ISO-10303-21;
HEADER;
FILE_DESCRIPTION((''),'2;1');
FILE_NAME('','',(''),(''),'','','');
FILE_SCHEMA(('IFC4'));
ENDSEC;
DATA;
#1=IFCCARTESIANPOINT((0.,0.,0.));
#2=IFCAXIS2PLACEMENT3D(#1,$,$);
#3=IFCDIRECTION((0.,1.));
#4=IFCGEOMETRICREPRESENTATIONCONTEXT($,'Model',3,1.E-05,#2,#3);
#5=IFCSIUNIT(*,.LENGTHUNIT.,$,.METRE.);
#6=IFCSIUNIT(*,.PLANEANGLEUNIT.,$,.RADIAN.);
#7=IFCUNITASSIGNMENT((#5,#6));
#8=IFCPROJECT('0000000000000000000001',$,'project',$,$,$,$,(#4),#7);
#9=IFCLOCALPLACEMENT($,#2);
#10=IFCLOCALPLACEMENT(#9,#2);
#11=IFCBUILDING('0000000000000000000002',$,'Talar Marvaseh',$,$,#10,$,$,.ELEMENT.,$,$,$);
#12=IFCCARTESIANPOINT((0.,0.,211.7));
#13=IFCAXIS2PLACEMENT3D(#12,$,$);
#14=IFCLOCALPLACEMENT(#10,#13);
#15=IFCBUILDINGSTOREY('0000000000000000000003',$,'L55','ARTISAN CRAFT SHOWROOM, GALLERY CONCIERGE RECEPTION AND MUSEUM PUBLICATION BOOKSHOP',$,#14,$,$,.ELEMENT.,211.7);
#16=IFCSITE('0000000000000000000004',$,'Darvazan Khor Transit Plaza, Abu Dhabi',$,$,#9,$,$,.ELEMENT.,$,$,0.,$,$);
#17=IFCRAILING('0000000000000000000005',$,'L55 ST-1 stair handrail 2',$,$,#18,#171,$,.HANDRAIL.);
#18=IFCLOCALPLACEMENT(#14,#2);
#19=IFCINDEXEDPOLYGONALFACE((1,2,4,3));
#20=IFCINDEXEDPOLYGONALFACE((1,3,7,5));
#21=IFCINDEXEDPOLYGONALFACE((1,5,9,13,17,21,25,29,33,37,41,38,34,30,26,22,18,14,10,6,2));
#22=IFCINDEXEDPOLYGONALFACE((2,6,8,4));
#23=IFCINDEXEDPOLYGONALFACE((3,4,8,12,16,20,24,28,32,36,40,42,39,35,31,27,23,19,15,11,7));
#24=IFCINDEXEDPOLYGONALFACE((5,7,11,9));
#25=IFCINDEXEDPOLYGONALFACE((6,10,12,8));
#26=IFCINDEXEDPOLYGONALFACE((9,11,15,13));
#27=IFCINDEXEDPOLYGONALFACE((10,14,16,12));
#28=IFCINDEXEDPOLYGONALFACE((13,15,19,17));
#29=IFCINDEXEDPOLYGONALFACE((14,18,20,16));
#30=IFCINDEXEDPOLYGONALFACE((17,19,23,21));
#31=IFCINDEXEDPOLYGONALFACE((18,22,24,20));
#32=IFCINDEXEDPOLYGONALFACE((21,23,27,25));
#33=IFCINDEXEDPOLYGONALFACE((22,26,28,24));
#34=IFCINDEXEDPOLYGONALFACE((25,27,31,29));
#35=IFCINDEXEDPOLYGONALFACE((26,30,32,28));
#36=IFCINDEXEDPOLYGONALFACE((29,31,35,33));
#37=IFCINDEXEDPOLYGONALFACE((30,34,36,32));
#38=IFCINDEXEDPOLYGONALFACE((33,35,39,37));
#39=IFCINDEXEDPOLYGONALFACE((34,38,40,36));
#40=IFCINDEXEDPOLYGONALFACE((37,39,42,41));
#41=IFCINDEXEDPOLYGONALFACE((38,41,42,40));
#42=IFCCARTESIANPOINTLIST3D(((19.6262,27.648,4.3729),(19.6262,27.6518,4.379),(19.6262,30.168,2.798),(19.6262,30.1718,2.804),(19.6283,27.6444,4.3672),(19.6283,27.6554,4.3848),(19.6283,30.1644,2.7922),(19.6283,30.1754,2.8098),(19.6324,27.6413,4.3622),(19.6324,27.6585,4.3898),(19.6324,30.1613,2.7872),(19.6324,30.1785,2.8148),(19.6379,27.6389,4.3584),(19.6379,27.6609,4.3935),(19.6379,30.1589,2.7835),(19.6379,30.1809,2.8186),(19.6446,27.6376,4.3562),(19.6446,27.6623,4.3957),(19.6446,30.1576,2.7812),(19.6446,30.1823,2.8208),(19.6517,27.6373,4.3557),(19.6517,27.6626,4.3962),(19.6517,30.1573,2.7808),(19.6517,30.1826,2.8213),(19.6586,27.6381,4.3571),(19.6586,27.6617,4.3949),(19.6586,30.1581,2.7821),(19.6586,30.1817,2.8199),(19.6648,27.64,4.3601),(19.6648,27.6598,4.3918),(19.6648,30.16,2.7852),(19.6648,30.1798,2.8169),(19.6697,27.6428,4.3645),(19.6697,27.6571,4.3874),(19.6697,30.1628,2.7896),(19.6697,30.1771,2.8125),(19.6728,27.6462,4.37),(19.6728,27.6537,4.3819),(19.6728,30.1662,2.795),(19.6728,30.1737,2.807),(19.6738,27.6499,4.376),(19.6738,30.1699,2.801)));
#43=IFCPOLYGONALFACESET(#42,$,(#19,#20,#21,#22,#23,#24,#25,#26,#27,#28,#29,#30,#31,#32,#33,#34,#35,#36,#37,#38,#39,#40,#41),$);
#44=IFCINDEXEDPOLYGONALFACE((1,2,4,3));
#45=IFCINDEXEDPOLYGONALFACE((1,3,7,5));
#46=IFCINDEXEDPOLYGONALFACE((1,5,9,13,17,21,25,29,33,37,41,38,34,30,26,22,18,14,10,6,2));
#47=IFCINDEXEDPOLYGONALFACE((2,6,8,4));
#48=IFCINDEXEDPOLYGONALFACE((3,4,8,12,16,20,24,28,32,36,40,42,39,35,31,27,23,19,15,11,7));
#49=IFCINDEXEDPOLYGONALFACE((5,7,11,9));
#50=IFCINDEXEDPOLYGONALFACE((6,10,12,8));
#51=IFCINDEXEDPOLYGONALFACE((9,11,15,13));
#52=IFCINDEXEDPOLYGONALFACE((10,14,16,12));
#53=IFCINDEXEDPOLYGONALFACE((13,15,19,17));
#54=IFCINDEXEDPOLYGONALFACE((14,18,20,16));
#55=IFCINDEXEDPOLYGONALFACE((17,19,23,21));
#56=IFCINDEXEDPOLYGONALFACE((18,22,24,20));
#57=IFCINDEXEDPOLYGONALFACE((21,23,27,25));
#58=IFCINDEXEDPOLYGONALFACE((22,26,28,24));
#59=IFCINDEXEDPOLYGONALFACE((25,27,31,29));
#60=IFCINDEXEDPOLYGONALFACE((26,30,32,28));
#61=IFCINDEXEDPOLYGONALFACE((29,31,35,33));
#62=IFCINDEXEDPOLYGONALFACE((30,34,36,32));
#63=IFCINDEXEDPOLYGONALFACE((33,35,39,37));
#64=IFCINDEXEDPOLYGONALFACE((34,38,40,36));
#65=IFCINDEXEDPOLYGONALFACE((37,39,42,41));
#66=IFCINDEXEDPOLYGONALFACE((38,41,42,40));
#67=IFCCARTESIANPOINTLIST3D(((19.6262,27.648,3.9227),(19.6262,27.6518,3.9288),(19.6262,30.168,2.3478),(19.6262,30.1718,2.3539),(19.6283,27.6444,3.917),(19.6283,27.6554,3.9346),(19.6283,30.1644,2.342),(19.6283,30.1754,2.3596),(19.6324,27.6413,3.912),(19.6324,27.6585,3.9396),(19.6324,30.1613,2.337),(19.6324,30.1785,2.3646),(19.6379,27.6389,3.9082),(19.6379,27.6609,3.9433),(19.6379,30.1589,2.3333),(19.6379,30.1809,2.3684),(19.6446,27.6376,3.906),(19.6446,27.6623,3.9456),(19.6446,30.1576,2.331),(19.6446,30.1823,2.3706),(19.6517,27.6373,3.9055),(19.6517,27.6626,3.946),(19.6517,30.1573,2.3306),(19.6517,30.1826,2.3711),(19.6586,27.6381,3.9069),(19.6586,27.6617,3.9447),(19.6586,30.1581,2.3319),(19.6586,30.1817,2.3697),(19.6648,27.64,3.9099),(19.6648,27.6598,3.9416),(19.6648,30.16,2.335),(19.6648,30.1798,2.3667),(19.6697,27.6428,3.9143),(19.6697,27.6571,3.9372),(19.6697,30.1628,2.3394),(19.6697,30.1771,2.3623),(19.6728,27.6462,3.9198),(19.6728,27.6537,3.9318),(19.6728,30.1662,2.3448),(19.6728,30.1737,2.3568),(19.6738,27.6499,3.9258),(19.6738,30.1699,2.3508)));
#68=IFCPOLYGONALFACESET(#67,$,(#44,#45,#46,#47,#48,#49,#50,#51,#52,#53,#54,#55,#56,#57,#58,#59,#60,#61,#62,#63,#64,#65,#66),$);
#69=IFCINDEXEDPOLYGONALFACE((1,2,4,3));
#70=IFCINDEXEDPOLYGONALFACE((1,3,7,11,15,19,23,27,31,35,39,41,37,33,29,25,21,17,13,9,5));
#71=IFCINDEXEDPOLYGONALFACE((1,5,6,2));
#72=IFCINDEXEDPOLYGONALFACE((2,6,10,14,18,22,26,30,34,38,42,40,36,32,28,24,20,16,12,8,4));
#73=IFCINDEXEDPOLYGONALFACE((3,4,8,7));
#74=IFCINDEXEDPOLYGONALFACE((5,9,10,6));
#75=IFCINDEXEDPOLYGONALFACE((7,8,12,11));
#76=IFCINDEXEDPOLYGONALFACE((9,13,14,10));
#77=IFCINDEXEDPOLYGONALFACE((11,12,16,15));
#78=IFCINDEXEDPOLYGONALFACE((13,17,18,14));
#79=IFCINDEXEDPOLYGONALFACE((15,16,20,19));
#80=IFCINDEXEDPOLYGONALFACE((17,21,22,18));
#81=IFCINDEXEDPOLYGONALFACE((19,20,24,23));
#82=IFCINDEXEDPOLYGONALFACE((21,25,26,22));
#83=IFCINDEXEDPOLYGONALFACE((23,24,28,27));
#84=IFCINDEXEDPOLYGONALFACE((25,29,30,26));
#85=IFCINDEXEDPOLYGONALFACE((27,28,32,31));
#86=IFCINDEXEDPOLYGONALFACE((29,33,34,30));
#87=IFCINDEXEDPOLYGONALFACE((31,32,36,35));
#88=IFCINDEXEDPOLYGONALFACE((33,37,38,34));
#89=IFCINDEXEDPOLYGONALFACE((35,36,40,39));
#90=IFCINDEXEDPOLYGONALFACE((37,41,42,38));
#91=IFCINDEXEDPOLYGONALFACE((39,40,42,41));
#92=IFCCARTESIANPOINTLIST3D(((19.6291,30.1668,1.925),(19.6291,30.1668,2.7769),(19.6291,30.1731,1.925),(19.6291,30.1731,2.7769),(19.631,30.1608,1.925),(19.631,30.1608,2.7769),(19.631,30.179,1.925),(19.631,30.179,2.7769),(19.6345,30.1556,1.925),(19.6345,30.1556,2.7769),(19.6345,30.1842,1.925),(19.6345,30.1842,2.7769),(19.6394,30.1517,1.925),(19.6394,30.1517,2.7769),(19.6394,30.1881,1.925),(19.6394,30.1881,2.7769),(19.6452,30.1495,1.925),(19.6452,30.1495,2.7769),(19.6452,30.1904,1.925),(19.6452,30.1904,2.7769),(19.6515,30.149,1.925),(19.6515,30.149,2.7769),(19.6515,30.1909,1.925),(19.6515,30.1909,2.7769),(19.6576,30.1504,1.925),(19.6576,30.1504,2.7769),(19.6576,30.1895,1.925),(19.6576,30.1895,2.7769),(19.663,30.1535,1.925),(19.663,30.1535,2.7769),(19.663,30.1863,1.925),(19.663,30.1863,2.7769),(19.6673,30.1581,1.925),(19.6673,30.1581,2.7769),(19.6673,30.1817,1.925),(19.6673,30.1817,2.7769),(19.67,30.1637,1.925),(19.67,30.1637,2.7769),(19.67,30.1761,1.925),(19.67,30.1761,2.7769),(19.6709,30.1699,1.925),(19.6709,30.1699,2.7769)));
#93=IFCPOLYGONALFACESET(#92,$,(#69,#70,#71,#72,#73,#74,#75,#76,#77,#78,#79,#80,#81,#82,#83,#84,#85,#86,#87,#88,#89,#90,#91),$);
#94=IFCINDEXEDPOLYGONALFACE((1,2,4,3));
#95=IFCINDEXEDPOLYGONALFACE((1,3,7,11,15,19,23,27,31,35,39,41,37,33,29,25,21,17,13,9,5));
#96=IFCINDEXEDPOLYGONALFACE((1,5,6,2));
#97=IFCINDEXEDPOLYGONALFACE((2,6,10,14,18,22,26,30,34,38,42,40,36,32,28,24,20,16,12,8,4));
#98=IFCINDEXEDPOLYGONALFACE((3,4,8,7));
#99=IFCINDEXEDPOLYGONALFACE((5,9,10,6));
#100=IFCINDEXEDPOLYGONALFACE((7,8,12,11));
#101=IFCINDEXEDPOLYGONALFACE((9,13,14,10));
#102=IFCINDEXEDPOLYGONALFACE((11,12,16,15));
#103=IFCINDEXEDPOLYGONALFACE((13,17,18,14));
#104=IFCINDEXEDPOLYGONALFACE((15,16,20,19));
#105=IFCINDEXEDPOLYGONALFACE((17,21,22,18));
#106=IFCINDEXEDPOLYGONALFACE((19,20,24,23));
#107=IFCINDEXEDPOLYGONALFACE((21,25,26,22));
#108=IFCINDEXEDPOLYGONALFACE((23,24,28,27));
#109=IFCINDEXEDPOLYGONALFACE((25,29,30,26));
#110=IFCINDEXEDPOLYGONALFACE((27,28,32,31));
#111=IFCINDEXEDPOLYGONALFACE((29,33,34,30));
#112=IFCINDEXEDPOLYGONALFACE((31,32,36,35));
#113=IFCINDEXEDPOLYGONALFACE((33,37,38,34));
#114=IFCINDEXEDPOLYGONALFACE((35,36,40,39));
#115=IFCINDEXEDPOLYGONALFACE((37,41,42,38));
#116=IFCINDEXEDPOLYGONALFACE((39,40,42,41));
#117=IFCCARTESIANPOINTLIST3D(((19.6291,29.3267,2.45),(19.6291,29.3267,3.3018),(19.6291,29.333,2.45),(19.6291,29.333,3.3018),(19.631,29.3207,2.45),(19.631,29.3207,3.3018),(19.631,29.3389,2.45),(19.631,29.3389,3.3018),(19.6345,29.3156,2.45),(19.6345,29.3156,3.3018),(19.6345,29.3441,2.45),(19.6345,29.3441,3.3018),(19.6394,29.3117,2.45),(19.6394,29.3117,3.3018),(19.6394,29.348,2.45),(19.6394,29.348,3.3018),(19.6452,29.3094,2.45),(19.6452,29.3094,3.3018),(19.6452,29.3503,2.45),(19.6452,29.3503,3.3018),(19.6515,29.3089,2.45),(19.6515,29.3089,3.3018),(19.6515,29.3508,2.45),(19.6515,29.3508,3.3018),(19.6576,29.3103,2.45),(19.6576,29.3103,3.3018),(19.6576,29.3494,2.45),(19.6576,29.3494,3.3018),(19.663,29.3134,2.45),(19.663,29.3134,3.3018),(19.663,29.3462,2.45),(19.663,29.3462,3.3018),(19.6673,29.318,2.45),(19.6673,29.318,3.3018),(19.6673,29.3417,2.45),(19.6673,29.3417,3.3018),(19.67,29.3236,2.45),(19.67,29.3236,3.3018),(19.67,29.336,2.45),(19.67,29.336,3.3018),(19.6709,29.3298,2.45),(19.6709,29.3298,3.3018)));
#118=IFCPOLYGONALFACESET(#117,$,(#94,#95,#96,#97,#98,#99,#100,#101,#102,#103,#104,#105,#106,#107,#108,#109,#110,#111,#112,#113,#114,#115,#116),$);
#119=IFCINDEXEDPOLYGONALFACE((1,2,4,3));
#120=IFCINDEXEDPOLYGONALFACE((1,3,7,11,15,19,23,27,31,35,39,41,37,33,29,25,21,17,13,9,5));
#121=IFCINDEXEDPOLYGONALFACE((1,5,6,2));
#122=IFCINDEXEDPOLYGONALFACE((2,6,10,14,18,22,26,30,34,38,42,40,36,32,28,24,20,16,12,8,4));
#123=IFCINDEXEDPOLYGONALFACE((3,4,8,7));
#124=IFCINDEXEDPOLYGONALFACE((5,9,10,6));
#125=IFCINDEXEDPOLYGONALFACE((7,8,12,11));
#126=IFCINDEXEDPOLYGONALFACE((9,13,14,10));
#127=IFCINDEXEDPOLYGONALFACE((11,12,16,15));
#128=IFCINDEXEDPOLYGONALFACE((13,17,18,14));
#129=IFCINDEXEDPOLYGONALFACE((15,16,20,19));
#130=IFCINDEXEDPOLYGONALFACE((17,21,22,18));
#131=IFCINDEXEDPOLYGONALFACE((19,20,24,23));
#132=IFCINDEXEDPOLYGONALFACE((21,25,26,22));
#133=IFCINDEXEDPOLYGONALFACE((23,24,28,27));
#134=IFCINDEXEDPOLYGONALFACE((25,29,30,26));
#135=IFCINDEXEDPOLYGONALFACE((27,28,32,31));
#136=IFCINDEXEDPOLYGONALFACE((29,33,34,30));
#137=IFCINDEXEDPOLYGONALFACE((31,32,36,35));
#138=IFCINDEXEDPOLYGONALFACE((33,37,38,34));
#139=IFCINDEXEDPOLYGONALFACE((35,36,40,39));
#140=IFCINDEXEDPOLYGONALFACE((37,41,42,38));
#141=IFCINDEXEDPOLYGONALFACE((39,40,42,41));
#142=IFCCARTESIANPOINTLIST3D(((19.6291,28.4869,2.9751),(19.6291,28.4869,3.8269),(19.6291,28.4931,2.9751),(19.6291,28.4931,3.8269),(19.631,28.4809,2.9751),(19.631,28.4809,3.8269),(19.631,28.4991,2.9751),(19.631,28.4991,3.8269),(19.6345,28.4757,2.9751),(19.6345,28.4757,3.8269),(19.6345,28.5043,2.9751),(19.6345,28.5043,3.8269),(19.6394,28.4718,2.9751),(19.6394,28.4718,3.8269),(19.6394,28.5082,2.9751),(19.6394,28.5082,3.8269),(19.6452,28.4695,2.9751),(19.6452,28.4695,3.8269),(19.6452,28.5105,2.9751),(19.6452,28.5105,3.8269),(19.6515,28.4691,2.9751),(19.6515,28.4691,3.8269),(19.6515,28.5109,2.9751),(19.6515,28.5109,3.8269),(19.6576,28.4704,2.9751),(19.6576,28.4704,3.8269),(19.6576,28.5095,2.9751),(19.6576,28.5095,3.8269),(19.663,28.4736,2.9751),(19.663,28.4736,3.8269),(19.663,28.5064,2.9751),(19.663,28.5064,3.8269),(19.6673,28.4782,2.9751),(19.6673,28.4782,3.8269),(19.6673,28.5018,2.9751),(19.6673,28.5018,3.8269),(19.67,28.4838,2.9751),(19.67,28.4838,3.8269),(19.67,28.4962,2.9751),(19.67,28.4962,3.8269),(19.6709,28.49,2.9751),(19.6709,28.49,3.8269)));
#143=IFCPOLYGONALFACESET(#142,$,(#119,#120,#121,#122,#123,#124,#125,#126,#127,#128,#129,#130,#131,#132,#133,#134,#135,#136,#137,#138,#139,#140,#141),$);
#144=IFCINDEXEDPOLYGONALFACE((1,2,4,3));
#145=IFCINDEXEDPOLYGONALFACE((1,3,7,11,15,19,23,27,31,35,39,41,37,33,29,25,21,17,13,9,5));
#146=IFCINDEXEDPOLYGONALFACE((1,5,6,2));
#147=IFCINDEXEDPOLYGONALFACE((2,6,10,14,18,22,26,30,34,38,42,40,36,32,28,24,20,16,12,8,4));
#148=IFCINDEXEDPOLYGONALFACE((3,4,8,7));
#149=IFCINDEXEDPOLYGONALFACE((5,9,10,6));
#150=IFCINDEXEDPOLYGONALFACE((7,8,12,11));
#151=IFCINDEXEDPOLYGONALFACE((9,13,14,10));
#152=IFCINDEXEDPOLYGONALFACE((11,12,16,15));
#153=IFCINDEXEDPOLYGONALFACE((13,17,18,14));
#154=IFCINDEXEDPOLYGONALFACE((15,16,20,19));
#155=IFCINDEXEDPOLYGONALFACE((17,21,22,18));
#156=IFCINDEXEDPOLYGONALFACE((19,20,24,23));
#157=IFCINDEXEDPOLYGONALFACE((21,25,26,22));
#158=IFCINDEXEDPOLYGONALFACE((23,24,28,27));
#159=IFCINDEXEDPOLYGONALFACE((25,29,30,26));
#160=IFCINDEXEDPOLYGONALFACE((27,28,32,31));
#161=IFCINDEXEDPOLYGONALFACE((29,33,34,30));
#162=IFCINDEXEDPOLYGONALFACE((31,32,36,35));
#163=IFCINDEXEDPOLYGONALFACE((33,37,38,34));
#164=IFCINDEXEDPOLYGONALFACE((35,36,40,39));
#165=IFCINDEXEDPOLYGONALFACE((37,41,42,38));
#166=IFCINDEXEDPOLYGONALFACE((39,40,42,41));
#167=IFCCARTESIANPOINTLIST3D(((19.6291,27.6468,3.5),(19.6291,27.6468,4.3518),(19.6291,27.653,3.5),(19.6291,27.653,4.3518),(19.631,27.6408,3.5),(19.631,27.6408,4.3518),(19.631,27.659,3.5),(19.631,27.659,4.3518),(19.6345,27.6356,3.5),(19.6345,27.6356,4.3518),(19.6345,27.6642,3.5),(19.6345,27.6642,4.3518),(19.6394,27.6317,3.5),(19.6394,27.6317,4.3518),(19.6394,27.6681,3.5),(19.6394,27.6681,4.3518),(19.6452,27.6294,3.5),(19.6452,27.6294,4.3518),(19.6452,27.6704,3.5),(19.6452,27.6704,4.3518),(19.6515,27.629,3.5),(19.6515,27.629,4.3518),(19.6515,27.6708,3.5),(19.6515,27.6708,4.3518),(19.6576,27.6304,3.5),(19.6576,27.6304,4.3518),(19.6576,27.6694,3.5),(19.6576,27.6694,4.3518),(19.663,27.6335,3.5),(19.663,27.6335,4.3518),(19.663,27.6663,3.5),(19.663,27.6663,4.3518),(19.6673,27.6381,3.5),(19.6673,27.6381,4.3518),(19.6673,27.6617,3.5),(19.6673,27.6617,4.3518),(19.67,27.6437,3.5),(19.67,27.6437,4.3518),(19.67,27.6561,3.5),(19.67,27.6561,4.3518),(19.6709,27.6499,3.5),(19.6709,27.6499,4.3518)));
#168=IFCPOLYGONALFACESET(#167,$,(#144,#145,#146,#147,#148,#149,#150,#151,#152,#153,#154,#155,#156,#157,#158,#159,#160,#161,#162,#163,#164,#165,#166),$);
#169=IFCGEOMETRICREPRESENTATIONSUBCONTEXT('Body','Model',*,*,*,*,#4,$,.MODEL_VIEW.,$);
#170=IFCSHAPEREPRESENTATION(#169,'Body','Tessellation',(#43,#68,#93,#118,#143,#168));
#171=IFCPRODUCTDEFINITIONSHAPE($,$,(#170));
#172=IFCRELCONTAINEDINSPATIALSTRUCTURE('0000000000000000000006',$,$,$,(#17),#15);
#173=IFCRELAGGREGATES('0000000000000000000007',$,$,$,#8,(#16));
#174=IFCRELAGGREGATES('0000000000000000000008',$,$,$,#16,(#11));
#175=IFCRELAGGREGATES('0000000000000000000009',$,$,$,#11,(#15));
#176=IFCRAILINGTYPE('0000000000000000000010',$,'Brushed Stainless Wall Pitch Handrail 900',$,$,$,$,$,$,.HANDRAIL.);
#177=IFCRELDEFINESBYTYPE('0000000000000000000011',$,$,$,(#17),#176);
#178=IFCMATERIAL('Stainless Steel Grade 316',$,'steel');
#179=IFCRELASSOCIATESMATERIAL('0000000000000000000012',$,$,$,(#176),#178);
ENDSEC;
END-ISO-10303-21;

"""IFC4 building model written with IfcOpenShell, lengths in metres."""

from ifc_helpers import new_model, si_unit, direction, frame, origin, origin_2d, place, context, subcontext, project, spatial, circle, extrude, material, type_object, element, save


model = new_model("IFC4")

# Units and contexts
model_context = context("Model", 3, precision=1e-05, world=origin(), true_north=direction((0.0, 1.0)))
body_context = subcontext(model_context, "Body", "Model", "MODEL_VIEW")
ifc_project = project(units=[si_unit("LENGTHUNIT", "METRE"), si_unit("PLANEANGLEUNIT", "RADIAN")], contexts=[model_context])

# Site, building, storey
site_placement = place(None, origin())
site = spatial("IfcSite", under=ifc_project, at=site_placement, Name="Darvazan Khor Transit Plaza, Abu Dhabi", CompositionType="ELEMENT", RefElevation=0.0)
building_placement = place(site_placement, origin())
building = spatial("IfcBuilding", under=site, at=building_placement, Name="Talar Marvaseh", CompositionType="ELEMENT")
storey_placement = place(building_placement, frame((0.0, 0.0, 211.7)))
storey = spatial("IfcBuildingStorey", under=building, at=storey_placement, Name="L55", Description="ARTISAN CRAFT SHOWROOM, GALLERY CONCIERGE RECEPTION AND MUSEUM PUBLICATION BOOKSHOP", CompositionType="ELEMENT", Elevation=211.7)

# Railing
ifc_material_1 = material(Name="Stainless Steel Grade 316", Category="steel")
railing_type_1 = type_object("IfcRailingType", Name="Brushed Stainless Wall Pitch Handrail 900", PredefinedType="HANDRAIL", material=ifc_material_1)
railing_1_placement = place(storey_placement, frame((19.6499, 30.1699, 1.925)))
element("IfcRailing", 1, at=railing_1_placement, inside=storey, type_object=railing_type_1, Name="L55 ST-1 stair handrail 2", PredefinedType="HANDRAIL", context=body_context, shape_type="SweptSolid", body=[
    extrude(circle(Radius=0.0239, at=origin_2d()), frame((0.0, 0.0, 0.876), z_axis=(0.0, -0.848008, 0.529984), x_axis=(1.0, 0.0, 0.0)), (0.0, 0.0, 1.0), 2.9717),
    extrude(circle(Radius=0.0239, at=origin_2d()), frame((0.0, 0.0, 0.4258), z_axis=(0.0, -0.848008, 0.529984), x_axis=(1.0, 0.0, 0.0)), (0.0, 0.0, 1.0), 2.9717),
    extrude(circle(Radius=0.021, at=origin_2d()), origin(), (0.0, 0.0, 1.0), 0.8518),
    extrude(circle(Radius=0.021, at=origin_2d()), frame((0.0, -0.8401, 0.5249)), (0.0, 0.0, 1.0), 0.8518),
    extrude(circle(Radius=0.021, at=origin_2d()), frame((0.0, -1.6799, 1.05)), (0.0, 0.0, 1.0), 0.8518),
    extrude(circle(Radius=0.021, at=origin_2d()), frame((0.0, -2.52, 1.575)), (0.0, 0.0, 1.0), 0.8518),
])

save(model, "model.ifc")
